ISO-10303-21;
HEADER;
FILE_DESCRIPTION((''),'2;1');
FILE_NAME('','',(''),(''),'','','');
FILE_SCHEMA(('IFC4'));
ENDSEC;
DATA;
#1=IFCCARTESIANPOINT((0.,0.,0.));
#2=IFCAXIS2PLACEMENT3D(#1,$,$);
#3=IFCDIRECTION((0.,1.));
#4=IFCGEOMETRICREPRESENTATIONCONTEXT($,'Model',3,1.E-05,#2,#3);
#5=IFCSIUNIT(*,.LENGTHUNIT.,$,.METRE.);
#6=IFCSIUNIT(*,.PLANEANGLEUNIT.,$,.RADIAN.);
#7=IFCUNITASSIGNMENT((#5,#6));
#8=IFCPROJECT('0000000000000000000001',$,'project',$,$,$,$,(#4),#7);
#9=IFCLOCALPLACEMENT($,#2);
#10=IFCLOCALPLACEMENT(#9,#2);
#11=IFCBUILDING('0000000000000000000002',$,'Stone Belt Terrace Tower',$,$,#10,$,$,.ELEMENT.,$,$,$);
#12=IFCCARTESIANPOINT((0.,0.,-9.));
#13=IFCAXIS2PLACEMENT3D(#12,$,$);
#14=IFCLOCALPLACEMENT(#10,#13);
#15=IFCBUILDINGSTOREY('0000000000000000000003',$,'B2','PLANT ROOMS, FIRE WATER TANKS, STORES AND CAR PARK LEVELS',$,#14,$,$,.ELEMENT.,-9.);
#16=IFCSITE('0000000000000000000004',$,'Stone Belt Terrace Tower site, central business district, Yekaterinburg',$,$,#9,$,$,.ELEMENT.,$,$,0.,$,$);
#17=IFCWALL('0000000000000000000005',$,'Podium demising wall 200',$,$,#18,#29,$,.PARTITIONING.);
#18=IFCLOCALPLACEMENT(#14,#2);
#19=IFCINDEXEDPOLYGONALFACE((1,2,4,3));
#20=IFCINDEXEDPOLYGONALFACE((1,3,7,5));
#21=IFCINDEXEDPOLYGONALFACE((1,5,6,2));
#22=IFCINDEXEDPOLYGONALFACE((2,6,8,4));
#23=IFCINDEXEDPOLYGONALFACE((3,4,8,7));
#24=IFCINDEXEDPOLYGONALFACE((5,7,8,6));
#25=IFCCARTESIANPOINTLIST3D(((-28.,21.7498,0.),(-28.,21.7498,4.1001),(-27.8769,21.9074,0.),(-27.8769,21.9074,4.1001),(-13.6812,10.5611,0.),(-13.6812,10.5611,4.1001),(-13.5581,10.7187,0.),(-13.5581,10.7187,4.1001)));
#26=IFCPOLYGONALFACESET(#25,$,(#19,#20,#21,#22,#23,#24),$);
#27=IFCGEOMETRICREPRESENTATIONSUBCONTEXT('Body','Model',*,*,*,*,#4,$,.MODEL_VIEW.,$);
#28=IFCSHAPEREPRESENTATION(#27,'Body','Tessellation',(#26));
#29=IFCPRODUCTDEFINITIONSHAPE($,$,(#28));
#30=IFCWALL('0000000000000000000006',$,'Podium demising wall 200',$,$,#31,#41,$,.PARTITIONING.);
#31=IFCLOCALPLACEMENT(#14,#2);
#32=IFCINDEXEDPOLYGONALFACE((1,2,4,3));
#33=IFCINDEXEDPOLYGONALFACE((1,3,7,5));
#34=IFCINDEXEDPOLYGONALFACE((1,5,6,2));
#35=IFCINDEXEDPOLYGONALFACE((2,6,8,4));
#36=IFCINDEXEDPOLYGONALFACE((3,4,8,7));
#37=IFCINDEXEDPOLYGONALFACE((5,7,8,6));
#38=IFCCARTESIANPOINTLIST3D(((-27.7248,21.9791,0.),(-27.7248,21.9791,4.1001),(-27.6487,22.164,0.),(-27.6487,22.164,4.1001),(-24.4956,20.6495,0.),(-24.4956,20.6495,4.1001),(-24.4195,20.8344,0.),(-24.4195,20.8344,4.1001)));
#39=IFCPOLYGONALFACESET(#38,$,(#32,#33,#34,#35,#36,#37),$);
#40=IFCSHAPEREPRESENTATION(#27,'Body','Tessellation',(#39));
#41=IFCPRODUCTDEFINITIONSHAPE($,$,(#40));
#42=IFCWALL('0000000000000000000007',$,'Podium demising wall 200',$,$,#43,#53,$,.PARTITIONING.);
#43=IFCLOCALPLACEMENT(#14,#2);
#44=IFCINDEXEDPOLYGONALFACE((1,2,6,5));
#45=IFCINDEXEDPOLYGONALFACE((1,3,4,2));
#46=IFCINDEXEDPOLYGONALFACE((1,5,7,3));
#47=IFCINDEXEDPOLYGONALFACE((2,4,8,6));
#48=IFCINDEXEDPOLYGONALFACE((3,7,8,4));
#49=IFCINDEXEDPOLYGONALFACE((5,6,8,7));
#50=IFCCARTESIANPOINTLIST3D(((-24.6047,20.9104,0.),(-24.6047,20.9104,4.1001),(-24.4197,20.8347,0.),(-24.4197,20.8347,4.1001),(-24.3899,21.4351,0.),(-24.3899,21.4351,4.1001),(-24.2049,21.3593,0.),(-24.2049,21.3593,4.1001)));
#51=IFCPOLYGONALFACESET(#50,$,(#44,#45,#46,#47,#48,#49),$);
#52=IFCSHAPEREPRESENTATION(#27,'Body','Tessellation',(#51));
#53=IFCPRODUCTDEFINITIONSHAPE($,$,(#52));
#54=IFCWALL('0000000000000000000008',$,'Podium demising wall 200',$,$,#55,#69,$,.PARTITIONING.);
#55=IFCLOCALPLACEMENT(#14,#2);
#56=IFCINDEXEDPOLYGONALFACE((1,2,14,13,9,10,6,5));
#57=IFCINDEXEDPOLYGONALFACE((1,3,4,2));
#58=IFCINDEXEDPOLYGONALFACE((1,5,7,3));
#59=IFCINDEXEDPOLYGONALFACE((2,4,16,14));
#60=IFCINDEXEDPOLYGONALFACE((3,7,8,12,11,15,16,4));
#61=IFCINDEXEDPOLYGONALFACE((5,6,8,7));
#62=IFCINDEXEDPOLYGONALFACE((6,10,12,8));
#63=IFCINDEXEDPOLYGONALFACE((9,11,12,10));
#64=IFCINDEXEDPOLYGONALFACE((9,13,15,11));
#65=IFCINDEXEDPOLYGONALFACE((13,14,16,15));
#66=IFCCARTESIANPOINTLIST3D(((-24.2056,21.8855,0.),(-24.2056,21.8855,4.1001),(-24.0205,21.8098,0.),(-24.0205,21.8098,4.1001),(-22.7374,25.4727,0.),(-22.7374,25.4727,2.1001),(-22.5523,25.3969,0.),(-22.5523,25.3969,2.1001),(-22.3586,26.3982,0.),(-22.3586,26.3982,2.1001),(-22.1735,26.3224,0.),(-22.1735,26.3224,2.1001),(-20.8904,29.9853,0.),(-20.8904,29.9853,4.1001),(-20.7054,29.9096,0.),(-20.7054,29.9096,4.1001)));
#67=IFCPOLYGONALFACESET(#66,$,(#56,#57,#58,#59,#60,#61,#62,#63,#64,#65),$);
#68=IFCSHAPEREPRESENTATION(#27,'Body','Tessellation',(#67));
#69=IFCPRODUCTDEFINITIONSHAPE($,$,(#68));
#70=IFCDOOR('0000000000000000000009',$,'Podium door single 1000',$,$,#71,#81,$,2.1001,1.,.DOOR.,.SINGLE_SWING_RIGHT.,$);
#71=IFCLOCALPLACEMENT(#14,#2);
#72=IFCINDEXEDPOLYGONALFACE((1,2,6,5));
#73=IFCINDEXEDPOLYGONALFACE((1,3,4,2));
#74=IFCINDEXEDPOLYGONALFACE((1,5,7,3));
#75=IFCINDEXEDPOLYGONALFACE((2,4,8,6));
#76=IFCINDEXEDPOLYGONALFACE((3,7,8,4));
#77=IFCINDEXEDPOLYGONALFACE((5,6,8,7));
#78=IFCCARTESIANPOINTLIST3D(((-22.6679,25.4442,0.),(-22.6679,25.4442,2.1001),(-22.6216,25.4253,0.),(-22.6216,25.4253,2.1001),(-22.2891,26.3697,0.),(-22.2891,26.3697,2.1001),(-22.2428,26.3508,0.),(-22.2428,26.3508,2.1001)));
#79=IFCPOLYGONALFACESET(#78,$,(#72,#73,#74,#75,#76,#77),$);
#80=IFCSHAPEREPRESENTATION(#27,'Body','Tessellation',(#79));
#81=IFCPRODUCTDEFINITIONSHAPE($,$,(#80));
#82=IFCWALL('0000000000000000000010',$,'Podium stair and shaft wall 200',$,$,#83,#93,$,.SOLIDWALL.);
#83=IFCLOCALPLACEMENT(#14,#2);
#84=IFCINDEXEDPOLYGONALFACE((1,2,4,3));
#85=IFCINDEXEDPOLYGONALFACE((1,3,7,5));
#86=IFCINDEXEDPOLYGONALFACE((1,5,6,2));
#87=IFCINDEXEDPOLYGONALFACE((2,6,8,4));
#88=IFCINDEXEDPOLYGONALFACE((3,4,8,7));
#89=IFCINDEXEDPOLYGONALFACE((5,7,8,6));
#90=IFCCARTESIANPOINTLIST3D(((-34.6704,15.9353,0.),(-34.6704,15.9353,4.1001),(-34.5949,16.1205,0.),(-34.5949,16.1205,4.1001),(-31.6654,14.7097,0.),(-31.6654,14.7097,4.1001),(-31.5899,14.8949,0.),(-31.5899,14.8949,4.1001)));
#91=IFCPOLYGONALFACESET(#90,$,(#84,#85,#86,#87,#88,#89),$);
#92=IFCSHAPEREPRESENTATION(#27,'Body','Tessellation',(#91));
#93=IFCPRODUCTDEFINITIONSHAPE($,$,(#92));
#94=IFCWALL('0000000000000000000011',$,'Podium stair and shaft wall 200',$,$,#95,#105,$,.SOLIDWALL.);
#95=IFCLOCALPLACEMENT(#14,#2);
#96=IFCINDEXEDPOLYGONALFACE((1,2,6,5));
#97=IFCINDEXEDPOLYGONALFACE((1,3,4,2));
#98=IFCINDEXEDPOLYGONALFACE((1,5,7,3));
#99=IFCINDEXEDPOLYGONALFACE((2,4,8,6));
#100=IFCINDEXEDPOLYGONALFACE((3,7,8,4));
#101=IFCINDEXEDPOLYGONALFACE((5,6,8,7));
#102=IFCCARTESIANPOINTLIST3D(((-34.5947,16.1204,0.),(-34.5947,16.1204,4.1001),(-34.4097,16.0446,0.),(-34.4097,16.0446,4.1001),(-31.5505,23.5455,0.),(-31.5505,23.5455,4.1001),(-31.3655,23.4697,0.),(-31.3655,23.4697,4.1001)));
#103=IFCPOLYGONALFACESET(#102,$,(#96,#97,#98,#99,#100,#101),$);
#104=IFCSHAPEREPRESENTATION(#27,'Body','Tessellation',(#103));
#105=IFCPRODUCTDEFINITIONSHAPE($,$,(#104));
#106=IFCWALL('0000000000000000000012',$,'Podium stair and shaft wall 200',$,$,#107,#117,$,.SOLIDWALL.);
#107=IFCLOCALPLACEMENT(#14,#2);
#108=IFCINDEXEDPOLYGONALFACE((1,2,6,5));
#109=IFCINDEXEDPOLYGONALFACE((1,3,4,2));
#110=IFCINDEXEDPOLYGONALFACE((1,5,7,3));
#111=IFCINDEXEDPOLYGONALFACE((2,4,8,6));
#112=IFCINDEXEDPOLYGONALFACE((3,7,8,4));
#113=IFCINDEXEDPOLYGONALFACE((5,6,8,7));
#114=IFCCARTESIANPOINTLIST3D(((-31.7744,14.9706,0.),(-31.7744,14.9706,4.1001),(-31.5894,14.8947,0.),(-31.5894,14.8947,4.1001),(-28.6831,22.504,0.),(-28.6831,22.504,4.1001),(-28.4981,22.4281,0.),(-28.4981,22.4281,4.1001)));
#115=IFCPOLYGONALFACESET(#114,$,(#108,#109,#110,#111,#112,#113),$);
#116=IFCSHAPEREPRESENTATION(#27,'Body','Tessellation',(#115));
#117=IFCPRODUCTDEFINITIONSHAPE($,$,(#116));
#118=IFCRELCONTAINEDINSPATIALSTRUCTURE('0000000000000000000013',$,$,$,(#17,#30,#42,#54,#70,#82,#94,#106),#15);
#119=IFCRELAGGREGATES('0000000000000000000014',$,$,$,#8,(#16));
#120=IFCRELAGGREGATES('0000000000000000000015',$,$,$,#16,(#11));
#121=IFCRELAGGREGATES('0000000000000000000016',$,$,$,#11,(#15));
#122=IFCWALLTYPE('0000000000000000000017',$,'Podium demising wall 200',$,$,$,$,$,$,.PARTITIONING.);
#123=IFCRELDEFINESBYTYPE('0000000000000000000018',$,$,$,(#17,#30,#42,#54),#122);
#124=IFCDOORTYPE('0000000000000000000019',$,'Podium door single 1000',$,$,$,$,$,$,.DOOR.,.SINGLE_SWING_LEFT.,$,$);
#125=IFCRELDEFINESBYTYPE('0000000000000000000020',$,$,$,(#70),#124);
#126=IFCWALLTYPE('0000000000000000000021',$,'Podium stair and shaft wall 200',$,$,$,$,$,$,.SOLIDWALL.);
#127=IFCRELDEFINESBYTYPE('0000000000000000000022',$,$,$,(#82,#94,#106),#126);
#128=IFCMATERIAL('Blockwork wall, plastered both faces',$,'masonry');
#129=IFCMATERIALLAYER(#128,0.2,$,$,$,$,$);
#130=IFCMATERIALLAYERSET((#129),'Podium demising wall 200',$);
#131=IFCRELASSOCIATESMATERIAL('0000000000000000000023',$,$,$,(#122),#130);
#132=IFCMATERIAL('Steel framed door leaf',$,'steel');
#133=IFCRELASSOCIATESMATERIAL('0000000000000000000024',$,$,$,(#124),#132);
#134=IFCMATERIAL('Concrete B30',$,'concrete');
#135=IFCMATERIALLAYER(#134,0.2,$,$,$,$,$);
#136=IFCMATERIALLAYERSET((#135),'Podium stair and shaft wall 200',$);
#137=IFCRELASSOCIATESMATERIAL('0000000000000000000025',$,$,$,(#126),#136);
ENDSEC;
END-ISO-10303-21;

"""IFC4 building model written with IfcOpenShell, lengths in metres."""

from ifc_helpers import new_model, si_unit, direction, frame, frame_2d, origin, place, context, subcontext, project, spatial, rectangle, extrude, material, layer, layer_set, type_object, element, fill, save


model = new_model("IFC4")

# Units and contexts
model_context = context("Model", 3, precision=1e-05, world=origin(), true_north=direction((0.0, 1.0)))
body_context = subcontext(model_context, "Body", "Model", "MODEL_VIEW")
ifc_project = project(units=[si_unit("LENGTHUNIT", "METRE"), si_unit("PLANEANGLEUNIT", "RADIAN")], contexts=[model_context])

# Site, building, storey
site_placement = place(None, origin())
site = spatial("IfcSite", under=ifc_project, at=site_placement, Name="Stone Belt Terrace Tower site, central business district, Yekaterinburg", CompositionType="ELEMENT", RefElevation=0.0)
building_placement = place(site_placement, origin())
building = spatial("IfcBuilding", under=site, at=building_placement, Name="Stone Belt Terrace Tower", CompositionType="ELEMENT")
storey_placement = place(building_placement, frame((0.0, 0.0, -9.0)))
storey = spatial("IfcBuildingStorey", under=building, at=storey_placement, Name="B2", Description="PLANT ROOMS, FIRE WATER TANKS, STORES AND CAR PARK LEVELS", CompositionType="ELEMENT", Elevation=-9.0)

# Shared definitions
ifc_material_1 = material(Name="Concrete B30", Category="concrete")

# Shared definitions
ifc_material_2 = material(Name="Blockwork wall, plastered both faces", Category="masonry")
ifc_layer_1 = layer(ifc_material_2, 0.2)
ifc_layer_set_1 = layer_set([ifc_layer_1], Name="Podium demising wall 200")
wall_type_1 = type_object("IfcWallType", Name="Podium demising wall 200", PredefinedType="PARTITIONING", material=ifc_layer_set_1)
ifc_material_3 = material(Name="Steel framed door leaf", Category="steel")
door_type_1 = type_object("IfcDoorType", Name="Podium door single 1000", OperationType="SINGLE_SWING_LEFT", PredefinedType="DOOR", material=ifc_material_3)

# Walls
wall_1_placement = place(storey_placement, frame((-27.9385, 21.8286, 0.0), z_axis=(0.0, 0.0, 1.0), x_axis=(0.787968, -0.615717, 0.0)))
element("IfcWall", 1, at=wall_1_placement, inside=storey, type_object=wall_type_1, Name="Podium demising wall 200", PredefinedType="PARTITIONING", context=body_context, shape_type="SweptSolid", body=[
    extrude(rectangle(XDim=18.1719, YDim=0.2, at=frame_2d((9.0859, 0.0))), origin(), (0.0, 0.0, 1.0), 4.1001),
])
wall_2_placement = place(storey_placement, frame((-27.6868, 22.0715, 0.0), z_axis=(0.0, 0.0, 1.0), x_axis=(0.924688, -0.380725, 0.0)))
element("IfcWall", 2, at=wall_2_placement, inside=storey, type_object=wall_type_1, Name="Podium demising wall 200", PredefinedType="PARTITIONING", context=body_context, shape_type="SweptSolid", body=[
    extrude(rectangle(XDim=3.4922, YDim=0.2, at=frame_2d((1.7461, 0.0))), origin(), (0.0, 0.0, 1.0), 4.1001),
])
wall_3_placement = place(storey_placement, frame((-24.5122, 20.8726, 0.0), z_axis=(0.0, 0.0, 1.0), x_axis=(0.378951, 0.925417, 0.0)))
element("IfcWall", 3, at=wall_3_placement, inside=storey, type_object=wall_type_1, Name="Podium demising wall 200", PredefinedType="PARTITIONING", context=body_context, shape_type="SweptSolid", body=[
    extrude(rectangle(XDim=0.5669, YDim=0.2, at=frame_2d((0.2834, 0.0))), origin(), (0.0, 0.0, 1.0), 4.1001),
])

# Wall, opening, door
wall_4_placement = place(storey_placement, frame((-24.113, 21.8477, 0.0), z_axis=(0.0, 0.0, 1.0), x_axis=(0.37879, 0.925483, 0.0)))
wall_4 = element("IfcWall", 4, at=wall_4_placement, inside=storey, type_object=wall_type_1, Name="Podium demising wall 200", PredefinedType="PARTITIONING", context=body_context, shape_type="SweptSolid", body=[
    extrude(rectangle(XDim=8.752, YDim=0.2, at=frame_2d((4.376, 0.0))), origin(), (0.0, 0.0, 1.0), 4.1001),
])
opening_1_placement = place(wall_4_placement, frame((3.876, 0.0, 0.0)))
opening_1 = element("IfcOpeningElement", 5, at=opening_1_placement, cuts=wall_4, PredefinedType="OPENING", context=body_context, shape_type="SweptSolid", body=[
    extrude(rectangle(XDim=1.0, YDim=2.1001, at=frame_2d((0.5, 1.05))), frame((0.0, 0.1099, 0.0), z_axis=(0.0, -1.0, 0.0), x_axis=(1.0, 0.0, 0.0)), (0.0, 0.0, 1.0), 0.22),
])
door_1_placement = place(opening_1_placement, origin())
door_1 = element("IfcDoor", 6, at=door_1_placement, inside=storey, type_object=door_type_1, Name="Podium door single 1000", OperationType="SINGLE_SWING_RIGHT", OverallHeight=2.1001, OverallWidth=1.0, PredefinedType="DOOR", context=body_context, shape_type="SweptSolid", body=[
    extrude(rectangle(XDim=1.0, YDim=2.1001, at=frame_2d((0.5, 1.05))), frame((0.0, 0.0249, 0.0), z_axis=(0.0, -1.0, 0.0), x_axis=(1.0, 0.0, 0.0)), (0.0, 0.0, 1.0), 0.05),
])
fill(opening_1, door_1)

# Walls
ifc_layer_2 = layer(ifc_material_1, 0.2)
ifc_layer_set_2 = layer_set([ifc_layer_2], Name="Podium stair and shaft wall 200")
wall_type_2 = type_object("IfcWallType", Name="Podium stair and shaft wall 200", PredefinedType="SOLIDWALL", material=ifc_layer_set_2)
wall_5_placement = place(storey_placement, frame((-34.6326, 16.0278, 0.0), z_axis=(0.0, 0.0, 1.0), x_axis=(0.925955, -0.377634, 0.0)))
element("IfcWall", 7, at=wall_5_placement, inside=storey, type_object=wall_type_2, Name="Podium stair and shaft wall 200", PredefinedType="SOLIDWALL", context=body_context, shape_type="SweptSolid", body=[
    extrude(rectangle(XDim=3.2454, YDim=0.2, at=frame_2d((1.6226, 0.0))), origin(), (0.0, 0.0, 1.0), 4.1001),
])
wall_6_placement = place(storey_placement, frame((-34.5022, 16.0825, 0.0), z_axis=(0.0, 0.0, 1.0), x_axis=(0.379345, 0.925255, 0.0)))
element("IfcWall", 8, at=wall_6_placement, inside=storey, type_object=wall_type_2, Name="Podium stair and shaft wall 200", PredefinedType="SOLIDWALL", context=body_context, shape_type="SweptSolid", body=[
    extrude(rectangle(XDim=8.0249, YDim=0.2, at=frame_2d((4.0125, 0.0))), origin(), (0.0, 0.0, 1.0), 4.1001),
])
wall_7_placement = place(storey_placement, frame((-31.6819, 14.9326, 0.0), z_axis=(0.0, 0.0, 1.0), x_axis=(0.379626, 0.92514, 0.0)))
element("IfcWall", 9, at=wall_7_placement, inside=storey, type_object=wall_type_2, Name="Podium stair and shaft wall 200", PredefinedType="SOLIDWALL", context=body_context, shape_type="SweptSolid", body=[
    extrude(rectangle(XDim=8.1431, YDim=0.2, at=frame_2d((4.0715, 0.0))), origin(), (0.0, 0.0, 1.0), 4.1001),
])

save(model, "model.ifc")
